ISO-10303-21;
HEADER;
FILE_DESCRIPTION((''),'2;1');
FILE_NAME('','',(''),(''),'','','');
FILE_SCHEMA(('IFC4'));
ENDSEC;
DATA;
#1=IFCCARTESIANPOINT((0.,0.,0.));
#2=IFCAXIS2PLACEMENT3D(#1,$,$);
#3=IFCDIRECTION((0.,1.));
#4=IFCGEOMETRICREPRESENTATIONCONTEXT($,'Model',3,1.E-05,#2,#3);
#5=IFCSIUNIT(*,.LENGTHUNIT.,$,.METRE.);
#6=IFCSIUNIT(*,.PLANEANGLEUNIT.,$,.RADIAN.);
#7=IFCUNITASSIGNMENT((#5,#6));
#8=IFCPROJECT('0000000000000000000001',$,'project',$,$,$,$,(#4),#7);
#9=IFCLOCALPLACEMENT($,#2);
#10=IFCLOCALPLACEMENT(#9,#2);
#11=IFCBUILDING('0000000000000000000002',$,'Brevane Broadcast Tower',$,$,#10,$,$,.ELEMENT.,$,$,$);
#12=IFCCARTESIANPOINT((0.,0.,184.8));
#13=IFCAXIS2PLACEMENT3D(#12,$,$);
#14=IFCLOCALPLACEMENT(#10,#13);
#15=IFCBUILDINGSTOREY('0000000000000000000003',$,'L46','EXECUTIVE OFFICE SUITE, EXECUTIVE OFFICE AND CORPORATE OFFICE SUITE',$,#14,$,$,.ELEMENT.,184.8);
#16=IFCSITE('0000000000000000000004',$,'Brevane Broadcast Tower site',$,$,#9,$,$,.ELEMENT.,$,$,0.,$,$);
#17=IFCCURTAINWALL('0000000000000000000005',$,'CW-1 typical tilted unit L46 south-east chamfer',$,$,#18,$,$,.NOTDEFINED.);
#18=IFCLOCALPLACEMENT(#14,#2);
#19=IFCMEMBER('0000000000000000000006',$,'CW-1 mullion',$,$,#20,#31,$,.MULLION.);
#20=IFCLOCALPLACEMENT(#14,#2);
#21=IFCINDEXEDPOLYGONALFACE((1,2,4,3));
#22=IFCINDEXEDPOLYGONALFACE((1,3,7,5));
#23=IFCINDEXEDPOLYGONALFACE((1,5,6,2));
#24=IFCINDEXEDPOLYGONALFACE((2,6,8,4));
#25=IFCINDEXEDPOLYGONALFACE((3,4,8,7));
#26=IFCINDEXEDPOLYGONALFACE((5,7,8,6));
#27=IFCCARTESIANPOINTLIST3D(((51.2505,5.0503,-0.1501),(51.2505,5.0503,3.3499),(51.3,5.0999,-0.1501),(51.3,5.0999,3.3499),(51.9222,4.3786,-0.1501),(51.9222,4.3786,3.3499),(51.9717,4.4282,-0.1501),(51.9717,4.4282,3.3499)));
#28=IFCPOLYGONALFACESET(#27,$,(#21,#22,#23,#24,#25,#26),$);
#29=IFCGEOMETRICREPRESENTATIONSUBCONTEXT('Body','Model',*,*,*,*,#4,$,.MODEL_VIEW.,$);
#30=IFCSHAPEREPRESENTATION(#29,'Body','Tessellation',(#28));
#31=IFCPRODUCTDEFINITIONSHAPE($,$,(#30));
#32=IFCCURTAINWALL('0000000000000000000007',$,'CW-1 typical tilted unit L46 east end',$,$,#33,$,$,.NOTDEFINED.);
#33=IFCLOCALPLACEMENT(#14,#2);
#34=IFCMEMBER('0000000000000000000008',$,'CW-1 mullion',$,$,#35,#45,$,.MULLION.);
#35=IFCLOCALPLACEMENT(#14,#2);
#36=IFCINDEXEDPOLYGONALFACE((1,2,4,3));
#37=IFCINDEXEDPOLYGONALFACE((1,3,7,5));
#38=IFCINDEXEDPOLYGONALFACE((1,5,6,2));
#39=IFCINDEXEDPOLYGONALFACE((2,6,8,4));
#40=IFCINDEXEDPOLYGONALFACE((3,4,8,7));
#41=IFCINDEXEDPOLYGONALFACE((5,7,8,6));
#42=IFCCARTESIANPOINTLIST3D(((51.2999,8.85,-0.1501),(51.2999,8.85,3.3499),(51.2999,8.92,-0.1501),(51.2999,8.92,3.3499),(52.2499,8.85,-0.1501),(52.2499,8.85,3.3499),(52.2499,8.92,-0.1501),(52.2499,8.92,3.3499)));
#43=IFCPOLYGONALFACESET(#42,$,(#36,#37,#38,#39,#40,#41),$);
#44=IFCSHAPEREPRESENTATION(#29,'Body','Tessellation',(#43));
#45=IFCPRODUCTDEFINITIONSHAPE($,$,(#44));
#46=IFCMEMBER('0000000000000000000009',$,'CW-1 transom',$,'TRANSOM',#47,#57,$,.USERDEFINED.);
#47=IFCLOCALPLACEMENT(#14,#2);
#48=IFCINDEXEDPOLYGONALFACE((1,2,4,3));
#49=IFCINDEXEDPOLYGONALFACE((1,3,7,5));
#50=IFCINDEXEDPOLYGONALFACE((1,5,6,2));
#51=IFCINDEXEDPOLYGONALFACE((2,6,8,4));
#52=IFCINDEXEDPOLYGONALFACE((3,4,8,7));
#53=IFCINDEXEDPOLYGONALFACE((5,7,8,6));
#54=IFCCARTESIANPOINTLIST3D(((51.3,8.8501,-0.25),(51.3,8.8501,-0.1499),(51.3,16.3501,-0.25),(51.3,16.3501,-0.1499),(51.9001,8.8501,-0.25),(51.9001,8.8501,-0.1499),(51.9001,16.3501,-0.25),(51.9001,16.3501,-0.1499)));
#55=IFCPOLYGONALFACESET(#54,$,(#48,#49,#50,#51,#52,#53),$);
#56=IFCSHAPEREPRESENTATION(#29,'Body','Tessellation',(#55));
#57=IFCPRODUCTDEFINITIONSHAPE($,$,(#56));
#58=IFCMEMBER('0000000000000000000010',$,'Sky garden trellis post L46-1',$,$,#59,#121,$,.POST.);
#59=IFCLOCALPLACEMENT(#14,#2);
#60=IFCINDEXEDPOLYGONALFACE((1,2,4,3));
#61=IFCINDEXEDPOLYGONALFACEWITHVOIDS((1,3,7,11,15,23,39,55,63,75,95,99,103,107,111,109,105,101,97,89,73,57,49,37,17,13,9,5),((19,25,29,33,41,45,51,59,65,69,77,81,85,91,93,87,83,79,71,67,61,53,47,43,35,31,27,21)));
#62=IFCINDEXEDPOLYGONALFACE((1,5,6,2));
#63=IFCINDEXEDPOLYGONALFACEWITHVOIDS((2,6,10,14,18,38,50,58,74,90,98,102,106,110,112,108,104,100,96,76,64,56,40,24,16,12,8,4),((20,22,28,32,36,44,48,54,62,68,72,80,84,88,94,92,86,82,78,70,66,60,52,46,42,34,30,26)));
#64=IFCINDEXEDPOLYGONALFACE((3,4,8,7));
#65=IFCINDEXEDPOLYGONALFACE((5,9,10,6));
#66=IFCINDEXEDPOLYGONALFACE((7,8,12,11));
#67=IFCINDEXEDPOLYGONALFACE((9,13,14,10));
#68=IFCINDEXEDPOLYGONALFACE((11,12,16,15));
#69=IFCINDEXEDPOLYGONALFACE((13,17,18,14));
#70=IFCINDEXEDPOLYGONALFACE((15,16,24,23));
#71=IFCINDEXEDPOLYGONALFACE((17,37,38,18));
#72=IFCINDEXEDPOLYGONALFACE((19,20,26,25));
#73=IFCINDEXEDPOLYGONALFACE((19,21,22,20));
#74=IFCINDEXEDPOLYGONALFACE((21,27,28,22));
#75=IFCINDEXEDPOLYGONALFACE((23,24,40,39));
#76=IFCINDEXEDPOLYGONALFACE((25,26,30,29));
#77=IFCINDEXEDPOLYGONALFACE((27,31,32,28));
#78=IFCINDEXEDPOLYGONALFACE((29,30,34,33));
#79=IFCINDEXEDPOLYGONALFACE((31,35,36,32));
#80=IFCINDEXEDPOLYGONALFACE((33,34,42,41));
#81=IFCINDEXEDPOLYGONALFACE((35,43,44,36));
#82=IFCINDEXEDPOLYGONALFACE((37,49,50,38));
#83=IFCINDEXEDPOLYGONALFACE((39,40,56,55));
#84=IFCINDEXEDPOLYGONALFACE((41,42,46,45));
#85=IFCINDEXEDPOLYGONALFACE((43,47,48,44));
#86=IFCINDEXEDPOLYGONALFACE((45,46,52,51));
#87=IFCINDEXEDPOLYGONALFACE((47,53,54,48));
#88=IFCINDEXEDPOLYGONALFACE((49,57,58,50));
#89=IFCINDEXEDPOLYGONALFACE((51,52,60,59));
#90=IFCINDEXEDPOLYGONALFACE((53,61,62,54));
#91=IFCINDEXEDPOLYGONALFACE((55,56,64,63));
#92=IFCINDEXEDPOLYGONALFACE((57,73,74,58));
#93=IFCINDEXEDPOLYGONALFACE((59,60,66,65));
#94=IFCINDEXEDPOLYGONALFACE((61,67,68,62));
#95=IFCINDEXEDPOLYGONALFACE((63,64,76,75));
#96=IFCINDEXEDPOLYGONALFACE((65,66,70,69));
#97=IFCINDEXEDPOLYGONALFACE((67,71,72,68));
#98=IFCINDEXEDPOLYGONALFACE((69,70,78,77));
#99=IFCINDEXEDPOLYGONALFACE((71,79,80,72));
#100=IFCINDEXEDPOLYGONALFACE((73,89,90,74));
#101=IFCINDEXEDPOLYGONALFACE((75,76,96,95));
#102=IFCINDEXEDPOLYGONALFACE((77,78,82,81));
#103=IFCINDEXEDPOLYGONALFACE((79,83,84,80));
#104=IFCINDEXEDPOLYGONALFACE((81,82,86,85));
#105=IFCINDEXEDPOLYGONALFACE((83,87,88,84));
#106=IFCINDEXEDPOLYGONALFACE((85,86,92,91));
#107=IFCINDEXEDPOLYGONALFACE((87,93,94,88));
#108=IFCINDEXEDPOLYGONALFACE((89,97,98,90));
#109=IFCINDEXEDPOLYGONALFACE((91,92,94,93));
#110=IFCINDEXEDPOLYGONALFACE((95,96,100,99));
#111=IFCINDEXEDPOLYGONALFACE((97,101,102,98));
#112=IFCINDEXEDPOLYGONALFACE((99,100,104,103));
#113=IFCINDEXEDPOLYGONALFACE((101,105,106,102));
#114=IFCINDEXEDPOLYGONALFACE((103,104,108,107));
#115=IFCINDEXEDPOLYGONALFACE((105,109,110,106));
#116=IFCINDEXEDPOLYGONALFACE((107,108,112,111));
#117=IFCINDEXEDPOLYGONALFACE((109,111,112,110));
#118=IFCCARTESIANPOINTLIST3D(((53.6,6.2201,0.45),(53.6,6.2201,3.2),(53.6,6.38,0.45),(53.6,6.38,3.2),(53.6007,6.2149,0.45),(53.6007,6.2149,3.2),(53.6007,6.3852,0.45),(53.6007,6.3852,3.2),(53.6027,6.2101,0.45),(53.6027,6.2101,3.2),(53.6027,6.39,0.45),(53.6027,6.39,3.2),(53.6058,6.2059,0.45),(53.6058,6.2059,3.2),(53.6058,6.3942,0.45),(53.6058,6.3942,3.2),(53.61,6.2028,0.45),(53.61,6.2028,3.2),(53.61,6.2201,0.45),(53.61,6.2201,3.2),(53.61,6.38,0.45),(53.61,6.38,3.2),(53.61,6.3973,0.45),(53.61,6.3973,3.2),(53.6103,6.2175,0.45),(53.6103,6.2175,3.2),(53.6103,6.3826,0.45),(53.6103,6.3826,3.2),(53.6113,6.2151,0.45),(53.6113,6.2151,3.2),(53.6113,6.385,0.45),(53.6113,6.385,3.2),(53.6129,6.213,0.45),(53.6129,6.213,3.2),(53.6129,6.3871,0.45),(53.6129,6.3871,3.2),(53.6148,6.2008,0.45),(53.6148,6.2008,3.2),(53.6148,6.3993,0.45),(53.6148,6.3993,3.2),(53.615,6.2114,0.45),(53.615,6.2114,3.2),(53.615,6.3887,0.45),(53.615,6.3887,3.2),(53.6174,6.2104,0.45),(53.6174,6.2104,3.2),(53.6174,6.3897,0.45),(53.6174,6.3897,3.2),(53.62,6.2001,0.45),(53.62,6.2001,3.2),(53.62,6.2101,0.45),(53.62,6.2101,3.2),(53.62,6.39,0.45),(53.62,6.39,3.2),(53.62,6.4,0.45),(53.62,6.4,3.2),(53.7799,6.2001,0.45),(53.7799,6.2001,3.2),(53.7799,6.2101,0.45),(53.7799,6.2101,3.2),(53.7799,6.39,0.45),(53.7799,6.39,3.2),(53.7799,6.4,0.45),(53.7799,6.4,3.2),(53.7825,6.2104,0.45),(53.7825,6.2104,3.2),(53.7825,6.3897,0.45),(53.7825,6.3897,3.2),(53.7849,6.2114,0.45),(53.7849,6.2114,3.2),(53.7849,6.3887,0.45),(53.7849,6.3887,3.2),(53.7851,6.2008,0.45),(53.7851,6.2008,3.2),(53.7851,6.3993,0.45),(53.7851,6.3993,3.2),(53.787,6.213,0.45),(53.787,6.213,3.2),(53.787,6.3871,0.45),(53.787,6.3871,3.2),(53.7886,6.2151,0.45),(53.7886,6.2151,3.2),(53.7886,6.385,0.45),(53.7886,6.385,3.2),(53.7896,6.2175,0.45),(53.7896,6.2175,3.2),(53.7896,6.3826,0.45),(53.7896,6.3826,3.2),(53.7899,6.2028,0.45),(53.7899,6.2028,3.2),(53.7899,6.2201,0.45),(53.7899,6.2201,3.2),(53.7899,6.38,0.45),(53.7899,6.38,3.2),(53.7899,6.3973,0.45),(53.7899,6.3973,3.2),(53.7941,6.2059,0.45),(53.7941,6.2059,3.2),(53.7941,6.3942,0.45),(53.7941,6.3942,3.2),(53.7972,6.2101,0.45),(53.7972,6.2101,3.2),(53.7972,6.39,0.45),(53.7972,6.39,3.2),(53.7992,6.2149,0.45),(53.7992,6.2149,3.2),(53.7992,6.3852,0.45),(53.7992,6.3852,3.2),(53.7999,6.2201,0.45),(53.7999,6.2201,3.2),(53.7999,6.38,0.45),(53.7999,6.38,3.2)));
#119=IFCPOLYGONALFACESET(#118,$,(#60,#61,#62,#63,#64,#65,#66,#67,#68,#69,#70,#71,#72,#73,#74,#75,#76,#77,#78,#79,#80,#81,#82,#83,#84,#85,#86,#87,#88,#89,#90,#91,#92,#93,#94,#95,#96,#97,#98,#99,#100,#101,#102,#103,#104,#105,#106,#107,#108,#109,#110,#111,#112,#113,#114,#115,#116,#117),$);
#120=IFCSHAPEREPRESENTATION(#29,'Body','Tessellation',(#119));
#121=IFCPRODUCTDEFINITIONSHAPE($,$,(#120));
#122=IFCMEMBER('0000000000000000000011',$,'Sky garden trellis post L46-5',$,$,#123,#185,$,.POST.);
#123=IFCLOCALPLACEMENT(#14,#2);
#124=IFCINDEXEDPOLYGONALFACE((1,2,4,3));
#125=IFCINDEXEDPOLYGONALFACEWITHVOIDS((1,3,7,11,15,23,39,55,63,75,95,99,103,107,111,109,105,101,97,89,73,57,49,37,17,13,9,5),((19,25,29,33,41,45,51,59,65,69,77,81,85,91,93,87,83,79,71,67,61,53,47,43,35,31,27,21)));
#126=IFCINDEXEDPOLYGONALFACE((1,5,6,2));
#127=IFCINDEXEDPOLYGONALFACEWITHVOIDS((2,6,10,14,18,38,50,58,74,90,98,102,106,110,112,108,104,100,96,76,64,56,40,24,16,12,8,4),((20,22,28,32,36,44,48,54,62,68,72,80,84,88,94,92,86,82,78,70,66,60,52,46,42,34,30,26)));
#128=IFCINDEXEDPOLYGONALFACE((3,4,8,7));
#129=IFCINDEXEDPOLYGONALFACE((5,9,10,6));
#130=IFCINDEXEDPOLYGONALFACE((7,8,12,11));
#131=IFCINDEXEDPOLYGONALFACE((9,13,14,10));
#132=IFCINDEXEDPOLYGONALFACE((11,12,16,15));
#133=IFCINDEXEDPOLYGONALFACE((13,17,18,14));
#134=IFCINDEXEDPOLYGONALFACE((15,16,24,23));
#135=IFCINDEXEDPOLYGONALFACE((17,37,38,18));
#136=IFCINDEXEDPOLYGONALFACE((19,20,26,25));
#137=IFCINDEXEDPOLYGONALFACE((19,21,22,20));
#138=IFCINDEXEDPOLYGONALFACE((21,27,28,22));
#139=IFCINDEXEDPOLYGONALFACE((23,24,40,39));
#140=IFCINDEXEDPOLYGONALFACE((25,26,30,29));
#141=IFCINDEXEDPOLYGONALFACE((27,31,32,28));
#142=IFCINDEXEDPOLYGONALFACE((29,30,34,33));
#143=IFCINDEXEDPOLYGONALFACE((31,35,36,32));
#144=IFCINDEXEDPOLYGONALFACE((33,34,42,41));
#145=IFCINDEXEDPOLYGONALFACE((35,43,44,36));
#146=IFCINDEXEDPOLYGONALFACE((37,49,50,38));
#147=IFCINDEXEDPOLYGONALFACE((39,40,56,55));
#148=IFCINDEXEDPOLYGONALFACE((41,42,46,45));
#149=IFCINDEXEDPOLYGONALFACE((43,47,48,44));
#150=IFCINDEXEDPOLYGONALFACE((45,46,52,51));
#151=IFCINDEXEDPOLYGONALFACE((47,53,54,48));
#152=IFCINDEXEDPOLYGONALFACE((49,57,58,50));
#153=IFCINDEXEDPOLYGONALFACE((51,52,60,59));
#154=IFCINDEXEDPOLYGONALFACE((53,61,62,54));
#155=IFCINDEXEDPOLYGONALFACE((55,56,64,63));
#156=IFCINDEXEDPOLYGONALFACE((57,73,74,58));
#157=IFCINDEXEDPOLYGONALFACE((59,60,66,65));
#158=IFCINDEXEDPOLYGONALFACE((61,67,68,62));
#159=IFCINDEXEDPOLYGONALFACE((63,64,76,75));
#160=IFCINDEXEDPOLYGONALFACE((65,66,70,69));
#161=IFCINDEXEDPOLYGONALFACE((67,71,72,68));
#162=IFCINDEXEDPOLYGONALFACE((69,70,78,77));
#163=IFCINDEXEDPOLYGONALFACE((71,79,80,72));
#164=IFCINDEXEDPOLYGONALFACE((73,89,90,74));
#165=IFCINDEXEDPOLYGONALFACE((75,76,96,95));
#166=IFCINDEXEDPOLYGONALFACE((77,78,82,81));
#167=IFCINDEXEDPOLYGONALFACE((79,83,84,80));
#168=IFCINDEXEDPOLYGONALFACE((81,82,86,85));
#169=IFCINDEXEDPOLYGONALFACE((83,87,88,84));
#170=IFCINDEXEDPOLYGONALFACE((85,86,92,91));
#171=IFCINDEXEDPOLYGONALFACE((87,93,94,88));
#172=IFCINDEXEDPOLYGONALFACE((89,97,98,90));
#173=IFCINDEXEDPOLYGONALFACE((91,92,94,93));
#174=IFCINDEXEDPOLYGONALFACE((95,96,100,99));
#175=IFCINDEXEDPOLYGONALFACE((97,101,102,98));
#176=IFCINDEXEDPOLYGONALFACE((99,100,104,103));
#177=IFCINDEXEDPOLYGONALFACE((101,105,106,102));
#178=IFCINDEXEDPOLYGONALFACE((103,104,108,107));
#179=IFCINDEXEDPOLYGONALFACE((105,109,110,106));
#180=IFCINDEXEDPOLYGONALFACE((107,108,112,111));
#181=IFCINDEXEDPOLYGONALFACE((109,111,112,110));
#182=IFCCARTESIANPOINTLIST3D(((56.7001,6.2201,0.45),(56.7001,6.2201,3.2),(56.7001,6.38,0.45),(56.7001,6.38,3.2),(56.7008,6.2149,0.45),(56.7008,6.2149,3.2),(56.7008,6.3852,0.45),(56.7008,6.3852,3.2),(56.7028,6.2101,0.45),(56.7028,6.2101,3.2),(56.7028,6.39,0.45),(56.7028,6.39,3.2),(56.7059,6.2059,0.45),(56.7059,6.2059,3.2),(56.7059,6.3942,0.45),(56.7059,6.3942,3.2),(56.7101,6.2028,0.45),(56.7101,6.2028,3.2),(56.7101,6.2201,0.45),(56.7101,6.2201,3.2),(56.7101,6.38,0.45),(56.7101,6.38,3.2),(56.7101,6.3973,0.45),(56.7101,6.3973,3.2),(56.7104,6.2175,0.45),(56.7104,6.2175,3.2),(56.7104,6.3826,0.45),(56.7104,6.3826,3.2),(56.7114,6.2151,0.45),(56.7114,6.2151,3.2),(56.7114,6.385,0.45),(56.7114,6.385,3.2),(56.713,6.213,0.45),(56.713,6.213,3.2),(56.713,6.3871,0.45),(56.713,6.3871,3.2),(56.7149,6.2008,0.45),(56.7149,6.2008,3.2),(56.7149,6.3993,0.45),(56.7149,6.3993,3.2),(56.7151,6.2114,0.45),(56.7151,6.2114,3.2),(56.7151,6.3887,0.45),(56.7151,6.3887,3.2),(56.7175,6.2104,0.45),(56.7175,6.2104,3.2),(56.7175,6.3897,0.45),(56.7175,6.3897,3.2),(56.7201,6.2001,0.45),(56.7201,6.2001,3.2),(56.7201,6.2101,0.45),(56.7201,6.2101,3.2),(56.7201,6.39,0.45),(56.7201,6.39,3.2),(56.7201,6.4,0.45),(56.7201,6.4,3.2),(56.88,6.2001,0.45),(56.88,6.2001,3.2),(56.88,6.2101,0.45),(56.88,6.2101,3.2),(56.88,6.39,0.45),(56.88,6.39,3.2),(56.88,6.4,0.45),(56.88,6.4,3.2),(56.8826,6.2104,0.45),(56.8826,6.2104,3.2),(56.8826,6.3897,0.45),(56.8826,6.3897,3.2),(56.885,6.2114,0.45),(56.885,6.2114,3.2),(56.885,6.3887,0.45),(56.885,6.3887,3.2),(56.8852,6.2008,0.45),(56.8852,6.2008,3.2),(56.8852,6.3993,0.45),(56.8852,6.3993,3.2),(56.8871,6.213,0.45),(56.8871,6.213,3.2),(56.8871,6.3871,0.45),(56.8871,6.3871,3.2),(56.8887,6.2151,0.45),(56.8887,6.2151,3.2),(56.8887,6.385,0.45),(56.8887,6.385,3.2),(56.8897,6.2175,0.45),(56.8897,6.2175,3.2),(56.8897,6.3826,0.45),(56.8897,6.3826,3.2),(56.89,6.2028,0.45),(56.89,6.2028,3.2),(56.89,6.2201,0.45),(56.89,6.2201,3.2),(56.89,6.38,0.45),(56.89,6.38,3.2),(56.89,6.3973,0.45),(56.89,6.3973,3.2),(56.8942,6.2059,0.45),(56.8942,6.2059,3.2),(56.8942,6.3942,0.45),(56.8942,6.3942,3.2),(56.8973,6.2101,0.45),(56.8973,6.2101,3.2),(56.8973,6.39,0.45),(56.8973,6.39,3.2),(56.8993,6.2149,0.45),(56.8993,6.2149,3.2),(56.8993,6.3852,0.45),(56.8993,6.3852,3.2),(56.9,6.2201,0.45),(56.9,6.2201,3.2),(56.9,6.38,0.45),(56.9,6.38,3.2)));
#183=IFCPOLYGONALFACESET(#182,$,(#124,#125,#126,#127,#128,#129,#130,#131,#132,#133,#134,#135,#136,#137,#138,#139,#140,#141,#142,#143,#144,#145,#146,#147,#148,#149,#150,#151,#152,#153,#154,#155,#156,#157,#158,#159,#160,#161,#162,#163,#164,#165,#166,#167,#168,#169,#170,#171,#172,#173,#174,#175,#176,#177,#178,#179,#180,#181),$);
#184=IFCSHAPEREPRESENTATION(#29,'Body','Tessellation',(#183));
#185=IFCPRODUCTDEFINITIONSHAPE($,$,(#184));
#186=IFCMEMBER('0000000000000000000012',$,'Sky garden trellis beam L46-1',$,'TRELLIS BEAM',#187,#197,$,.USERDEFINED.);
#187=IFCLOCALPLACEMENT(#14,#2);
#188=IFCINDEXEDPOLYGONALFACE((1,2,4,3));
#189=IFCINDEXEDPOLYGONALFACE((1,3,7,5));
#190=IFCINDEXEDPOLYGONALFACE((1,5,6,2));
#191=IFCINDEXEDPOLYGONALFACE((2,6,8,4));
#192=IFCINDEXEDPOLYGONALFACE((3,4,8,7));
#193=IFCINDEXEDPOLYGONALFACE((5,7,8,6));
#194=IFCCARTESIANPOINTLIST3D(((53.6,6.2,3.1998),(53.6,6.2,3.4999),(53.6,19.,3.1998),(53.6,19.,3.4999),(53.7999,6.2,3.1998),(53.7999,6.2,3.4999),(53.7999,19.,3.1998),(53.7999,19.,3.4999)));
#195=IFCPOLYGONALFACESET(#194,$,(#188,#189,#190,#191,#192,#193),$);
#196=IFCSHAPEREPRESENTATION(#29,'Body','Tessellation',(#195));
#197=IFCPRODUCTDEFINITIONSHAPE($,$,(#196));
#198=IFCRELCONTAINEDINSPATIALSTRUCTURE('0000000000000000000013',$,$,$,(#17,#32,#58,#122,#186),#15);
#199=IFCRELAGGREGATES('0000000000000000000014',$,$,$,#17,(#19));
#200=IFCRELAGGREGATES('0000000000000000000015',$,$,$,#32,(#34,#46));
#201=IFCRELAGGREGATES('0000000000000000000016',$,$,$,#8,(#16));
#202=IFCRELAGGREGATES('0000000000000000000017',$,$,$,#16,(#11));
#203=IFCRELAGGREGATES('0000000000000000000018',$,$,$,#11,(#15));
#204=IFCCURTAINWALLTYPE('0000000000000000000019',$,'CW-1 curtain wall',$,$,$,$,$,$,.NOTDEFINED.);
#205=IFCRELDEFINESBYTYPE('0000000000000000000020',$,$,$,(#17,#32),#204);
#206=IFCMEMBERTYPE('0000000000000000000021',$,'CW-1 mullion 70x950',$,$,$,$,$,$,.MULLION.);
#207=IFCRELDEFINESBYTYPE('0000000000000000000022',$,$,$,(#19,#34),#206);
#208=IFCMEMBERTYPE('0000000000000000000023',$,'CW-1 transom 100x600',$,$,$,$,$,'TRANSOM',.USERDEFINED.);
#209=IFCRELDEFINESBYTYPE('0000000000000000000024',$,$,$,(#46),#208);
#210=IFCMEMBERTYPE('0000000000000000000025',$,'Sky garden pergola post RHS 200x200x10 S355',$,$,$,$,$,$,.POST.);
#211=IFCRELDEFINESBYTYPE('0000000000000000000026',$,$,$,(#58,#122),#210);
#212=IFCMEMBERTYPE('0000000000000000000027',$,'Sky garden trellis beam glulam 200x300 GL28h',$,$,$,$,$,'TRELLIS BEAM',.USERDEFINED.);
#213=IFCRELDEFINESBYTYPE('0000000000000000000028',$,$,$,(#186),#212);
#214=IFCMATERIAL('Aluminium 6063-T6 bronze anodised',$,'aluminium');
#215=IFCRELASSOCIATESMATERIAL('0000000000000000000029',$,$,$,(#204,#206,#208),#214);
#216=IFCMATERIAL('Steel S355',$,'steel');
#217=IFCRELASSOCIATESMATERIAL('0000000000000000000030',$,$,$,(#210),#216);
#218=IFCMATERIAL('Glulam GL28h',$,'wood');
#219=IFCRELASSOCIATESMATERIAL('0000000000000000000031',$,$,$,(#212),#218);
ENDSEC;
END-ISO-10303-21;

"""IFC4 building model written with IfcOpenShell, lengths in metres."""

from ifc_helpers import new_model, si_unit, direction, frame, origin, origin_2d, place, context, subcontext, project, spatial, rectangle, hollow_rectangle, extrude, material, material_profile, profile_set, type_object, element, aggregate, save


model = new_model("IFC4")

# Units and contexts
model_context = context("Model", 3, precision=1e-05, world=origin(), true_north=direction((0.0, 1.0)))
body_context = subcontext(model_context, "Body", "Model", "MODEL_VIEW")
ifc_project = project(units=[si_unit("LENGTHUNIT", "METRE"), si_unit("PLANEANGLEUNIT", "RADIAN")], contexts=[model_context])

# Site, building, storey
site_placement = place(None, origin())
site = spatial("IfcSite", under=ifc_project, at=site_placement, Name="Brevane Broadcast Tower site", CompositionType="ELEMENT", RefElevation=0.0)
building_placement = place(site_placement, origin())
building = spatial("IfcBuilding", under=site, at=building_placement, Name="Brevane Broadcast Tower", CompositionType="ELEMENT")
storey_placement = place(building_placement, frame((0.0, 0.0, 184.8)))
storey = spatial("IfcBuildingStorey", under=building, at=storey_placement, Name="L46", Description="EXECUTIVE OFFICE SUITE, EXECUTIVE OFFICE AND CORPORATE OFFICE SUITE", CompositionType="ELEMENT", Elevation=184.8)

# Curtain wall, member
ifc_material_1 = material(Name="Aluminium 6063-T6 bronze anodised", Category="aluminium")
curtain_wall_type = type_object("IfcCurtainWallType", Name="CW-1 curtain wall", PredefinedType="NOTDEFINED", material=ifc_material_1)
curtain_wall_1_placement = place(storey_placement, origin())
curtain_wall_1 = element("IfcCurtainWall", 1, at=curtain_wall_1_placement, inside=storey, type_object=curtain_wall_type, Name="CW-1 typical tilted unit L46 south-east chamfer", PredefinedType="NOTDEFINED")
ifc_material_profile_1 = material_profile(ifc_material_1, rectangle(XDim=0.95, YDim=0.0701, at=origin_2d()), Name="RECT 70x950")
ifc_profile_set_1 = profile_set([ifc_material_profile_1], Name="Aluminium 6063-T6 bronze anodised")
member_type_1 = type_object("IfcMemberType", Name="CW-1 mullion 70x950", PredefinedType="MULLION", material=ifc_profile_set_1)
member_1_placement = place(storey_placement, frame((51.6111, 4.7393, -0.1501), z_axis=(0.0, 0.0, 1.0), x_axis=(-0.707107, 0.707107, 0.0)))
member_1 = element("IfcMember", 2, at=member_1_placement, type_object=member_type_1, Name="CW-1 mullion", PredefinedType="MULLION", context=body_context, shape_type="SweptSolid", body=[
    extrude(rectangle(XDim=0.95, YDim=0.0701, at=origin_2d()), origin(), (0.0, 0.0, 1.0), 3.5),
])
aggregate(curtain_wall_1, [member_1])

# Curtain wall, members
curtain_wall_2_placement = place(storey_placement, origin())
curtain_wall_2 = element("IfcCurtainWall", 3, at=curtain_wall_2_placement, inside=storey, type_object=curtain_wall_type, Name="CW-1 typical tilted unit L46 east end", PredefinedType="NOTDEFINED")
member_2_placement = place(storey_placement, frame((51.7749, 8.885, -0.1501), z_axis=(0.0, 0.0, 1.0), x_axis=(-1.0, 0.0, 0.0)))
member_2 = element("IfcMember", 4, at=member_2_placement, type_object=member_type_1, Name="CW-1 mullion", PredefinedType="MULLION", context=body_context, shape_type="SweptSolid", body=[
    extrude(rectangle(XDim=0.95, YDim=0.0701, at=origin_2d()), origin(), (0.0, 0.0, 1.0), 3.5),
])
ifc_material_profile_2 = material_profile(ifc_material_1, rectangle(XDim=0.6001, YDim=0.1001, at=origin_2d()), Name="RECT 100x600")
ifc_profile_set_2 = profile_set([ifc_material_profile_2], Name="Aluminium 6063-T6 bronze anodised")
member_type_2 = type_object("IfcMemberType", Name="CW-1 transom 100x600", ElementType="TRANSOM", PredefinedType="USERDEFINED", material=ifc_profile_set_2)
member_3_placement = place(storey_placement, frame((51.6001, 8.8501, -0.2), z_axis=(0.0, 1.0, 0.0), x_axis=(-1.0, 0.0, 0.0)))
member_3 = element("IfcMember", 5, at=member_3_placement, type_object=member_type_2, Name="CW-1 transom", ObjectType="TRANSOM", PredefinedType="USERDEFINED", context=body_context, shape_type="SweptSolid", body=[
    extrude(rectangle(XDim=0.6001, YDim=0.1001, at=origin_2d()), origin(), (0.0, 0.0, 1.0), 7.5),
])
aggregate(curtain_wall_2, [member_2, member_3])

# Members
ifc_material_2 = material(Name="Steel S355", Category="steel")
ifc_material_profile_3 = material_profile(ifc_material_2, hollow_rectangle(XDim=0.2, YDim=0.2, WallThickness=0.01, InnerFilletRadius=0.01, OuterFilletRadius=0.02, at=origin_2d()), Name="RHS 200x200x10")
ifc_profile_set_3 = profile_set([ifc_material_profile_3], Name="Steel S355")
member_type_3 = type_object("IfcMemberType", Name="Sky garden pergola post RHS 200x200x10 S355", PredefinedType="POST", material=ifc_profile_set_3)
for number, where, z_axis, x_axis, name in (
    (6, (53.7, 6.3, 0.45), (0.0, 0.0, 1.0), (1.0, 0.0, 0.0), "Sky garden trellis post L46-1"),
    (7, (56.8, 6.3, 0.45), (0.0, 0.0, 1.0), (1.0, 0.0, 0.0), "Sky garden trellis post L46-5"),
):
    element("IfcMember", number, at=place(storey_placement, frame(where, z_axis=z_axis, x_axis=x_axis)), inside=storey, type_object=member_type_3, Name=name, PredefinedType="POST", context=body_context, shape_type="SweptSolid", body=[
        extrude(hollow_rectangle(XDim=0.2, YDim=0.2, WallThickness=0.01, InnerFilletRadius=0.01, OuterFilletRadius=0.02, at=origin_2d()), origin(), (0.0, 0.0, 1.0), 2.75),
    ])
ifc_material_3 = material(Name="Glulam GL28h", Category="wood")
ifc_material_profile_4 = material_profile(ifc_material_3, rectangle(XDim=0.2, YDim=0.3, at=origin_2d()), Name="RECT 200x300")
ifc_profile_set_4 = profile_set([ifc_material_profile_4], Name="Glulam GL28h")
member_type_4 = type_object("IfcMemberType", Name="Sky garden trellis beam glulam 200x300 GL28h", ElementType="TRELLIS BEAM", PredefinedType="USERDEFINED", material=ifc_profile_set_4)
for number, where, z_axis, x_axis, name in (
    (8, (53.7, 6.2, 3.3499), (0.0, 1.0, 0.0), (-1.0, 0.0, 0.0), "Sky garden trellis beam L46-1"),
):
    element("IfcMember", number, at=place(storey_placement, frame(where, z_axis=z_axis, x_axis=x_axis)), inside=storey, type_object=member_type_4, Name=name, ObjectType="TRELLIS BEAM", PredefinedType="USERDEFINED", context=body_context, shape_type="SweptSolid", body=[
        extrude(rectangle(XDim=0.2, YDim=0.3, at=origin_2d()), origin(), (0.0, 0.0, 1.0), 12.8),
    ])

save(model, "model.ifc")
